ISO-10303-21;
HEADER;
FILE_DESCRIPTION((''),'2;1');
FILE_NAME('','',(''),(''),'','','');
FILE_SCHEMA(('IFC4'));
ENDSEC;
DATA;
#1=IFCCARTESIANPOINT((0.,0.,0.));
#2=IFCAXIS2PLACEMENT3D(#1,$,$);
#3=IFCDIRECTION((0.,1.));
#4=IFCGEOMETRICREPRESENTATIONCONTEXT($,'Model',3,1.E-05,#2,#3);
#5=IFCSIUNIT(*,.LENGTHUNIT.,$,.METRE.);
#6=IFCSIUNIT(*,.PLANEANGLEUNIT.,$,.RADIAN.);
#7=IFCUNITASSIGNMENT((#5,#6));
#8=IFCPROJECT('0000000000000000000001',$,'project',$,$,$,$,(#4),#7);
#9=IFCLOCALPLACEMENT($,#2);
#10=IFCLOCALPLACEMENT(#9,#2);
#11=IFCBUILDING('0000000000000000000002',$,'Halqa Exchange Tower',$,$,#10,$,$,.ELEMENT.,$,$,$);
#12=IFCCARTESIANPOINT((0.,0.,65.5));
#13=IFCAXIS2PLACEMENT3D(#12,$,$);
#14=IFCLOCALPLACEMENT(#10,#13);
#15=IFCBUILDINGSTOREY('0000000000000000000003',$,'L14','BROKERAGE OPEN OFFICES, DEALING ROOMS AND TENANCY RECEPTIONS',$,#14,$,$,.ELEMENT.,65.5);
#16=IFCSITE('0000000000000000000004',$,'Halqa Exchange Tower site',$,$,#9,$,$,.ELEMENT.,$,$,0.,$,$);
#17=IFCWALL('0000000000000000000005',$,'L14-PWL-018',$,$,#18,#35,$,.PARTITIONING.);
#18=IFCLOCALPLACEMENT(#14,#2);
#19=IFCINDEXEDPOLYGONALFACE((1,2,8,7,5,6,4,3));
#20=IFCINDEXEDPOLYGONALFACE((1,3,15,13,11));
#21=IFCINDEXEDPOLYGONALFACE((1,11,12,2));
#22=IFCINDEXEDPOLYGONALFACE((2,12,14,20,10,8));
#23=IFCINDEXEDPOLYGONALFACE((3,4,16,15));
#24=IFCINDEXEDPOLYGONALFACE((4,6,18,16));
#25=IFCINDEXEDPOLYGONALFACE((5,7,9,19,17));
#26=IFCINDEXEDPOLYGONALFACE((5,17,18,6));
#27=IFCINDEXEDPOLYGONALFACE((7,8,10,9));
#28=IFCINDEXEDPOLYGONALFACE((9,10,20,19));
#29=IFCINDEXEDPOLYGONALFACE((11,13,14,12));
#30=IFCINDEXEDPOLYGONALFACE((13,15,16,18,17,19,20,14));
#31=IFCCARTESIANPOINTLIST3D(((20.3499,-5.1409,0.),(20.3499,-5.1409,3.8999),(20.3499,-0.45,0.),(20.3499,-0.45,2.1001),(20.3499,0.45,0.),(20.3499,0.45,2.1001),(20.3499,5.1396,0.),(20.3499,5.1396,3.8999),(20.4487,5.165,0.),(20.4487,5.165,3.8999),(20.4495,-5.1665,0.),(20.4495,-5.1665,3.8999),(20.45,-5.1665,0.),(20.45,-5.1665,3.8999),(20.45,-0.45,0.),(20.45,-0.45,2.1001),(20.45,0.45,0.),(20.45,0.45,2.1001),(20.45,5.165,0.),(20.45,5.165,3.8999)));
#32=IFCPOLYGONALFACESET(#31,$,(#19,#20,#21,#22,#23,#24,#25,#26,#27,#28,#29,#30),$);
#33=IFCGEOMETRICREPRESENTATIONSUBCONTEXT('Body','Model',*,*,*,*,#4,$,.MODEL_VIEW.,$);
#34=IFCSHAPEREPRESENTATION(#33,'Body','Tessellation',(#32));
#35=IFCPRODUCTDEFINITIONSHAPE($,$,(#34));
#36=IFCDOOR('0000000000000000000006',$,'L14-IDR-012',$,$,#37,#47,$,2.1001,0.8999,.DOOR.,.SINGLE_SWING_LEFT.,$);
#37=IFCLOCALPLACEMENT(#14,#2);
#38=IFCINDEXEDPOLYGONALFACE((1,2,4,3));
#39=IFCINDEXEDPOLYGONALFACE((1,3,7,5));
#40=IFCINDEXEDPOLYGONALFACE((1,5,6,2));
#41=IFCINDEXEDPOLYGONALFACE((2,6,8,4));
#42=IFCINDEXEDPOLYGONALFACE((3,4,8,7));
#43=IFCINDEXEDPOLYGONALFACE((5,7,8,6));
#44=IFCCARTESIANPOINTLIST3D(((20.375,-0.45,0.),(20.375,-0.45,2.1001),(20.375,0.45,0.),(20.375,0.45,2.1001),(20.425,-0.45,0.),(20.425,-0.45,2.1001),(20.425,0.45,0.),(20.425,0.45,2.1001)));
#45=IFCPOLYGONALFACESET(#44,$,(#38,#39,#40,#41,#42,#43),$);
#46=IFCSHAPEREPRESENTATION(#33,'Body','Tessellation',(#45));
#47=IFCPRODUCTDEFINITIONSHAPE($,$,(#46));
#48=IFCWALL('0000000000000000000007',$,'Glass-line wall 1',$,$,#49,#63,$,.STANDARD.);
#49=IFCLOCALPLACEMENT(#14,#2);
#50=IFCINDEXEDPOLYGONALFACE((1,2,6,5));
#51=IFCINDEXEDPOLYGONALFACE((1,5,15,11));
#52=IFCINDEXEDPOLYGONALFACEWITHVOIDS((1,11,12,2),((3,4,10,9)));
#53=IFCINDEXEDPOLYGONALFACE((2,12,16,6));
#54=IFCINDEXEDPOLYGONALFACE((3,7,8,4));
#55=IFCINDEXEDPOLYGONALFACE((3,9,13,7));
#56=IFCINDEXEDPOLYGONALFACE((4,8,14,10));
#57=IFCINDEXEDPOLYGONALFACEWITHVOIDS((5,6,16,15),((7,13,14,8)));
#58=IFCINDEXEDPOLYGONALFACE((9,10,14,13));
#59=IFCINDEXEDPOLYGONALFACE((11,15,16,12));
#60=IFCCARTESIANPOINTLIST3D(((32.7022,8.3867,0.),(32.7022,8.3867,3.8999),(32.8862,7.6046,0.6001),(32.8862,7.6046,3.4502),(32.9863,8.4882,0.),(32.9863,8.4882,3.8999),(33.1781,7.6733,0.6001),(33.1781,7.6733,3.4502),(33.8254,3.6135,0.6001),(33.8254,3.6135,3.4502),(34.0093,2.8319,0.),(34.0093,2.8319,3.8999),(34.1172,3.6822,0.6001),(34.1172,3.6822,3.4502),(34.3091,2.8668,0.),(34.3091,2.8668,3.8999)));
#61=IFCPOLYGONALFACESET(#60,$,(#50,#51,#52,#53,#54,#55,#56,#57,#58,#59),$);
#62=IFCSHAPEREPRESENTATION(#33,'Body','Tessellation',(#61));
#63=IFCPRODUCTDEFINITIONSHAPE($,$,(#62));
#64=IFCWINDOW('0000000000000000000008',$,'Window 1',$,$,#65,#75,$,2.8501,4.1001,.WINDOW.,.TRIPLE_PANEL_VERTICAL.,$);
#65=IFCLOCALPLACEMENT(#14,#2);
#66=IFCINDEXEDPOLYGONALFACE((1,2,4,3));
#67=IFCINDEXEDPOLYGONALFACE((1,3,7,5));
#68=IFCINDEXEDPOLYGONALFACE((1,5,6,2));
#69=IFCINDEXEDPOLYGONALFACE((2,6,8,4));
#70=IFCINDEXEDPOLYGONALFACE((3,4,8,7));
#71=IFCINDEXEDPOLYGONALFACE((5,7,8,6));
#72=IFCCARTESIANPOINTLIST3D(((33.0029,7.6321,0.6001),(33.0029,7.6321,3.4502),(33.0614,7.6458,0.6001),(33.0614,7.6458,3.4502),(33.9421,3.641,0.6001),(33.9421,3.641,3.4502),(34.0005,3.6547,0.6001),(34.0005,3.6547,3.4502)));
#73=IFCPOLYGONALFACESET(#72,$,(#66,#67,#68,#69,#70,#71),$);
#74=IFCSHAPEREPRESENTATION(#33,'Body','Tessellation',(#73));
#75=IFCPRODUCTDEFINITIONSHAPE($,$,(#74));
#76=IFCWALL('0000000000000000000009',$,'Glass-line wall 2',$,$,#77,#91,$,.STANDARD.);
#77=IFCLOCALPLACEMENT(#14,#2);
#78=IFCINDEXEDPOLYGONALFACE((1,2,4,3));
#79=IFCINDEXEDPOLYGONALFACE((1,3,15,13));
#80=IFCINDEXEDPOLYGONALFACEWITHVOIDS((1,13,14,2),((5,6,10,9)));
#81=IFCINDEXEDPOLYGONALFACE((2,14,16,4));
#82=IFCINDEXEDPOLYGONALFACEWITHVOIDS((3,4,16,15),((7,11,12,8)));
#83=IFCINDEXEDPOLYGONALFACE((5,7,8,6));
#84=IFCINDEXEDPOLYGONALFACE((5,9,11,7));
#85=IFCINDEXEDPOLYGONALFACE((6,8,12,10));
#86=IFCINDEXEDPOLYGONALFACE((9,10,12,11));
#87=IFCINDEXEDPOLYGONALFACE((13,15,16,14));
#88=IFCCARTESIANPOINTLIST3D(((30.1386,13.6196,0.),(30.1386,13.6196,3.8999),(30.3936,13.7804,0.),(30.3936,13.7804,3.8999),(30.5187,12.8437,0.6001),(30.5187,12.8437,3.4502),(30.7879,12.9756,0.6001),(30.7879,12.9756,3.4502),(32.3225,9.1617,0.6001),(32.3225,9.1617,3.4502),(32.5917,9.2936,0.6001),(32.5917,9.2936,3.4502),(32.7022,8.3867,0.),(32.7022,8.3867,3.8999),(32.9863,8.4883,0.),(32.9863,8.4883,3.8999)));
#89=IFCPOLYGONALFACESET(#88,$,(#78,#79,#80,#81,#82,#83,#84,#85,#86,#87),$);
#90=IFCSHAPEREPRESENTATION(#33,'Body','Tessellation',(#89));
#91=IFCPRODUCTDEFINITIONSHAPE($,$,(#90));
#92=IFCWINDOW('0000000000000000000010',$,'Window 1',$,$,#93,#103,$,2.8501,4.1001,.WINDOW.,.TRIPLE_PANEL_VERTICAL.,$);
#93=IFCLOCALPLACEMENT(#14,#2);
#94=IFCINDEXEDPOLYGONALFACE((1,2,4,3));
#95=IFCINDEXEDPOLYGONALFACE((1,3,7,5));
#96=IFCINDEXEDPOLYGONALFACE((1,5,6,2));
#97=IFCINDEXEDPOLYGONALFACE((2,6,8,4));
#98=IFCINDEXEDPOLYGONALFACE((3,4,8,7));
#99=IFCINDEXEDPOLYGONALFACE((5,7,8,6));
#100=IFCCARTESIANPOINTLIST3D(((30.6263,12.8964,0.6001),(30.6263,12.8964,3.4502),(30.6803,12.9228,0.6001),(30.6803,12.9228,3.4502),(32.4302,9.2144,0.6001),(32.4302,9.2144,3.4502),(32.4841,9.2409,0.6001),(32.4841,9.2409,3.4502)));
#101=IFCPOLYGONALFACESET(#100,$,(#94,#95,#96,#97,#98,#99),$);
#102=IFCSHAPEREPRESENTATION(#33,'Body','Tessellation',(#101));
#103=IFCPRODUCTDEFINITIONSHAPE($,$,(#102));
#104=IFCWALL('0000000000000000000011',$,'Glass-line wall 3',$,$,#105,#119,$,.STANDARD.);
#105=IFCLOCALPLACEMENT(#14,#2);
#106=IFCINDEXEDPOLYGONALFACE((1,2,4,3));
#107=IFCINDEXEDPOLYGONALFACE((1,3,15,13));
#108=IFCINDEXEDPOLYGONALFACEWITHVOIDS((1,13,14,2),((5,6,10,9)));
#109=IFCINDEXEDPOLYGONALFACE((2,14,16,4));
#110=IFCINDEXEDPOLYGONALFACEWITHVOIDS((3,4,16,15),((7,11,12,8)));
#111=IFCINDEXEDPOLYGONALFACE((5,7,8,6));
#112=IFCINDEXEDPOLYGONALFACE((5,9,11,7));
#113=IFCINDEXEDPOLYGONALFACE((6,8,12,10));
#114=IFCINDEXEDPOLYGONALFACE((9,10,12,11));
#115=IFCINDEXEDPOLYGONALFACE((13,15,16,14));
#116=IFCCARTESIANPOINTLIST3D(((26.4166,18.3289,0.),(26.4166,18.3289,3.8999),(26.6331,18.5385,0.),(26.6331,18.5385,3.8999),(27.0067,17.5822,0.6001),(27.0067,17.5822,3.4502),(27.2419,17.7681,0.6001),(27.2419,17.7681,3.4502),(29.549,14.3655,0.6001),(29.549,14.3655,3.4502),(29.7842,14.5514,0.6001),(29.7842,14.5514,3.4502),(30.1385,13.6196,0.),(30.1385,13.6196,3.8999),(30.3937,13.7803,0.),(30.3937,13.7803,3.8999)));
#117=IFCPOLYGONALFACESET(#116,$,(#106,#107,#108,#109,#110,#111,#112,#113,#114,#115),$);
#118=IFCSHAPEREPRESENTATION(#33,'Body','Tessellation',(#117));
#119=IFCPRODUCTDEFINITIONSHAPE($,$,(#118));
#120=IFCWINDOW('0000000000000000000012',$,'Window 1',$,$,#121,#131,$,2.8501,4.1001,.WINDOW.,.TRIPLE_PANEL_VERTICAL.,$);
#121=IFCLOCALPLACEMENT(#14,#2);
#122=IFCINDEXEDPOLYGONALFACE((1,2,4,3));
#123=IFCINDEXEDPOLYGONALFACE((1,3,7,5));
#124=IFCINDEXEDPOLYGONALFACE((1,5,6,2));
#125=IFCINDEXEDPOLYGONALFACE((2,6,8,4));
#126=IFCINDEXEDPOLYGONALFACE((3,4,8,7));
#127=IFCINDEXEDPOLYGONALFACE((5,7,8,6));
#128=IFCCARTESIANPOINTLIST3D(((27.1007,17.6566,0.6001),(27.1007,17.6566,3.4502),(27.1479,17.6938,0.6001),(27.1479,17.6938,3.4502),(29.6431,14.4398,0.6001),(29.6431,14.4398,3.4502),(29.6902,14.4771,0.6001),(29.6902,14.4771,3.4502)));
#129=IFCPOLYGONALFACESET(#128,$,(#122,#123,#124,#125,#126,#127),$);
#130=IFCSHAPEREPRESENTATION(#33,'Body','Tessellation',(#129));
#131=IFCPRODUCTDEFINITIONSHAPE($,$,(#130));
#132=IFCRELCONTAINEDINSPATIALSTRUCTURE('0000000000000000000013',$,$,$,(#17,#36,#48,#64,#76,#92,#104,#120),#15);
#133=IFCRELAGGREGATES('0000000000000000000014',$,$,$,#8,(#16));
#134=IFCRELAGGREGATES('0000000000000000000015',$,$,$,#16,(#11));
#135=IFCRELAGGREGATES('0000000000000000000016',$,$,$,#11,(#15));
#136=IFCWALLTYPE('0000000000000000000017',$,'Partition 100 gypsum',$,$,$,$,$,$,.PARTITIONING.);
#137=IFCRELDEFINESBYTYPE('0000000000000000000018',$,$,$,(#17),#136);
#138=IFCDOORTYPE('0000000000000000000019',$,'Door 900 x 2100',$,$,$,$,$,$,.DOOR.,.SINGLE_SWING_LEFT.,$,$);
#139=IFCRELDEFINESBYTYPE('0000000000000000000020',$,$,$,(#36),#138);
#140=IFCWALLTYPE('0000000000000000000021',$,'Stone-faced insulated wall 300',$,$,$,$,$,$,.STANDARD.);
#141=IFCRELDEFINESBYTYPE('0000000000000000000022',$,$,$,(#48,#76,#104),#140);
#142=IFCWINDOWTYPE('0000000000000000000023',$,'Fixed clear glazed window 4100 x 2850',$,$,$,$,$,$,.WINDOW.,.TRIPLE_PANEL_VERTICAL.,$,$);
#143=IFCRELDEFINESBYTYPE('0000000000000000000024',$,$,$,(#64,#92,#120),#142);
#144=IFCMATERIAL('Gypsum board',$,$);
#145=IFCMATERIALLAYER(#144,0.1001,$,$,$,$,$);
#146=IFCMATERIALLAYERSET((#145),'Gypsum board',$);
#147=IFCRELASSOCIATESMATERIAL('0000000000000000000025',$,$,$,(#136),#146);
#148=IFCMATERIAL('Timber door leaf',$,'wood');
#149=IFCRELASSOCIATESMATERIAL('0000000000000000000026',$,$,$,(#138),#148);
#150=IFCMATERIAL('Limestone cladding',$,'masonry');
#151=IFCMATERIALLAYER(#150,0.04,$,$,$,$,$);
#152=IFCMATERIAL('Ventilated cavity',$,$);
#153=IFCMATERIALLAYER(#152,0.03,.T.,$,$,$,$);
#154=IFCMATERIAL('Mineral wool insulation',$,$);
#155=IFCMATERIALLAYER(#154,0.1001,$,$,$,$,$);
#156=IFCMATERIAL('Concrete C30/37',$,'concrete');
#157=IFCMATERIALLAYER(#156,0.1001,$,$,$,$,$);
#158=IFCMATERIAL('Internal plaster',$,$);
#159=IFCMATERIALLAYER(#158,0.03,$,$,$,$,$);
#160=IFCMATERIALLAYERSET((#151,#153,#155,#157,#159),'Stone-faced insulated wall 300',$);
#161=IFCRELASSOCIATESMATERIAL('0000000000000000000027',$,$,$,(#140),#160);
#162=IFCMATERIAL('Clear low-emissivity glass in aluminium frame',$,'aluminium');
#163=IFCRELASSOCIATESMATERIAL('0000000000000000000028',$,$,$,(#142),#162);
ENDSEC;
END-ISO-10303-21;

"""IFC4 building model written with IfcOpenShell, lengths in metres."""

from ifc_helpers import new_model, si_unit, direction, frame, frame_2d, origin, place, context, subcontext, project, spatial, polyline, rectangle, outline, extrude, material, layer, layer_set, type_object, element, fill, save


model = new_model("IFC4")

# Units and contexts
model_context = context("Model", 3, precision=1e-05, world=origin(), true_north=direction((0.0, 1.0)))
body_context = subcontext(model_context, "Body", "Model", "MODEL_VIEW")
ifc_project = project(units=[si_unit("LENGTHUNIT", "METRE"), si_unit("PLANEANGLEUNIT", "RADIAN")], contexts=[model_context])

# Site, building, storey
site_placement = place(None, origin())
site = spatial("IfcSite", under=ifc_project, at=site_placement, Name="Halqa Exchange Tower site", CompositionType="ELEMENT", RefElevation=0.0)
building_placement = place(site_placement, origin())
building = spatial("IfcBuilding", under=site, at=building_placement, Name="Halqa Exchange Tower", CompositionType="ELEMENT")
storey_placement = place(building_placement, frame((0.0, 0.0, 65.5)))
storey = spatial("IfcBuildingStorey", under=building, at=storey_placement, Name="L14", Description="BROKERAGE OPEN OFFICES, DEALING ROOMS AND TENANCY RECEPTIONS", CompositionType="ELEMENT", Elevation=65.5)

# Wall, opening, door
ifc_material_1 = material(Name="Gypsum board")
ifc_layer_1 = layer(ifc_material_1, 0.1001)
ifc_layer_set_1 = layer_set([ifc_layer_1], Name="Gypsum board")
wall_type_1 = type_object("IfcWallType", Name="Partition 100 gypsum", PredefinedType="PARTITIONING", material=ifc_layer_set_1)
wall_1_placement = place(storey_placement, frame((20.3999, 5.165, 0.0), z_axis=(0.0, 0.0, 1.0), x_axis=(0.0, -1.0, 0.0)))
wall_1 = element("IfcWall", 1, at=wall_1_placement, inside=storey, type_object=wall_type_1, Name="L14-PWL-018", PredefinedType="PARTITIONING", context=body_context, shape_type="SweptSolid", body=[
    extrude(outline(polyline([(0.0254, -0.05), (1.7388, -0.05), (3.4521, -0.05), (5.1658, -0.05), (6.8792, -0.05), (8.5925, -0.05), (10.3059, -0.05), (10.3315, 0.0496), (10.3315, 0.05), (8.6096, 0.05), (6.8877, 0.05), (5.1658, 0.05), (3.4438, 0.05), (1.7219, 0.05), (0.0, 0.05), (0.0, 0.0488), (0.0254, -0.05)])), origin(), (0.0, 0.0, 1.0), 3.8999),
])
opening_1_placement = place(wall_1_placement, frame((4.7151, 0.0, 0.0)))
opening_1 = element("IfcOpeningElement", 2, at=opening_1_placement, cuts=wall_1, PredefinedType="OPENING", context=body_context, shape_type="SweptSolid", body=[
    extrude(rectangle(XDim=0.8999, YDim=2.1001, at=frame_2d((0.45, 1.05))), frame((0.0, 0.062, 0.0), z_axis=(0.0, -1.0, 0.0), x_axis=(1.0, 0.0, 0.0)), (0.0, 0.0, 1.0), 0.124),
])
ifc_material_2 = material(Name="Timber door leaf", Category="wood")
door_type = type_object("IfcDoorType", Name="Door 900 x 2100", OperationType="SINGLE_SWING_LEFT", PredefinedType="DOOR", material=ifc_material_2)
door_placement = place(opening_1_placement, frame((0.8999, 0.0, 0.0), z_axis=(0.0, 0.0, 1.0), x_axis=(-1.0, 0.0, 0.0)))
door = element("IfcDoor", 3, at=door_placement, inside=storey, type_object=door_type, Name="L14-IDR-012", OperationType="SINGLE_SWING_LEFT", OverallHeight=2.1001, OverallWidth=0.8999, PredefinedType="DOOR", context=body_context, shape_type="SweptSolid", body=[
    extrude(rectangle(XDim=0.8999, YDim=2.1001, at=frame_2d((0.45, 1.05))), frame((0.0, 0.0249, 0.0), z_axis=(0.0, -1.0, 0.0), x_axis=(1.0, 0.0, 0.0)), (0.0, 0.0, 1.0), 0.05),
])
fill(opening_1, door)

# Walls, openings, windows
ifc_material_3 = material(Name="Limestone cladding", Category="masonry")
ifc_layer_2 = layer(ifc_material_3, 0.04)
ifc_material_4 = material(Name="Ventilated cavity")
ifc_layer_3 = layer(ifc_material_4, 0.03, ventilated=True)
ifc_material_5 = material(Name="Mineral wool insulation")
ifc_layer_4 = layer(ifc_material_5, 0.1001)
ifc_material_6 = material(Name="Concrete C30/37", Category="concrete")
ifc_layer_5 = layer(ifc_material_6, 0.1001)
ifc_material_7 = material(Name="Internal plaster")
ifc_layer_6 = layer(ifc_material_7, 0.03)
ifc_layer_set_2 = layer_set([ifc_layer_2, ifc_layer_3, ifc_layer_4, ifc_layer_5, ifc_layer_6], Name="Stone-faced insulated wall 300")
wall_type_2 = type_object("IfcWallType", Name="Stone-faced insulated wall 300", PredefinedType="STANDARD", material=ifc_layer_set_2)
wall_2_placement = place(storey_placement, frame((34.1592, 2.8494, 0.0), z_axis=(0.0, 0.0, 1.0), x_axis=(-0.229054, 0.973414, 0.0)))
wall_2 = element("IfcWall", 4, at=wall_2_placement, inside=storey, type_object=wall_type_2, Name="Glass-line wall 1", PredefinedType="STANDARD", context=body_context, shape_type="SweptSolid", body=[
    extrude(outline(polyline([(-0.0173, -0.1499), (5.7576, -0.1499), (5.7239, 0.1499), (0.0173, 0.1499), (-0.0173, -0.1499)])), origin(), (0.0, 0.0, 1.0), 3.8999),
])
opening_2_placement = place(wall_2_placement, frame((0.8203, 0.0, 0.6001)))
opening_2 = element("IfcOpeningElement", 5, at=opening_2_placement, cuts=wall_2, PredefinedType="OPENING", context=body_context, shape_type="SweptSolid", body=[
    extrude(rectangle(XDim=4.1001, YDim=2.8501, at=frame_2d((2.05, 1.425))), frame((0.0, 0.1621, 0.0), z_axis=(0.0, -1.0, 0.0), x_axis=(1.0, 0.0, 0.0)), (0.0, 0.0, 1.0), 0.324),
])
ifc_material_8 = material(Name="Clear low-emissivity glass in aluminium frame", Category="aluminium")
window_type = type_object("IfcWindowType", Name="Fixed clear glazed window 4100 x 2850", PartitioningType="TRIPLE_PANEL_VERTICAL", PredefinedType="WINDOW", material=ifc_material_8)
window_1_placement = place(opening_2_placement, origin())
window_1 = element("IfcWindow", 6, at=window_1_placement, inside=storey, type_object=window_type, Name="Window 1", OverallHeight=2.8501, OverallWidth=4.1001, PartitioningType="TRIPLE_PANEL_VERTICAL", PredefinedType="WINDOW", context=body_context, shape_type="SweptSolid", body=[
    extrude(rectangle(XDim=4.1001, YDim=2.8501, at=frame_2d((2.05, 1.425))), frame((0.0, 0.03, 0.0), z_axis=(0.0, -1.0, 0.0), x_axis=(1.0, 0.0, 0.0)), (0.0, 0.0, 1.0), 0.0601),
])
fill(opening_2, window_1)
wall_3_placement = place(storey_placement, frame((32.8442, 8.4375, 0.0), z_axis=(0.0, 0.0, 1.0), x_axis=(-0.43995, 0.898022, 0.0)))
wall_3 = element("IfcWall", 7, at=wall_3_placement, inside=storey, type_object=wall_type_2, Name="Glass-line wall 2", PredefinedType="STANDARD", context=body_context, shape_type="SweptSolid", body=[
    extrude(outline(polyline([(-0.0168, -0.1499), (5.8762, -0.1499), (5.844, 0.1499), (0.0168, 0.1499), (-0.0168, -0.1499)])), origin(), (0.0, 0.0, 1.0), 3.8999),
])
opening_3_placement = place(wall_3_placement, frame((0.8799, 0.0, 0.6001)))
opening_3 = element("IfcOpeningElement", 8, at=opening_3_placement, cuts=wall_3, PredefinedType="OPENING", context=body_context, shape_type="SweptSolid", body=[
    extrude(rectangle(XDim=4.1001, YDim=2.8501, at=frame_2d((2.05, 1.425))), frame((0.0, 0.1621, 0.0), z_axis=(0.0, -1.0, 0.0), x_axis=(1.0, 0.0, 0.0)), (0.0, 0.0, 1.0), 0.324),
])
window_2_placement = place(opening_3_placement, origin())
window_2 = element("IfcWindow", 9, at=window_2_placement, inside=storey, type_object=window_type, Name="Window 1", OverallHeight=2.8501, OverallWidth=4.1001, PartitioningType="TRIPLE_PANEL_VERTICAL", PredefinedType="WINDOW", context=body_context, shape_type="SweptSolid", body=[
    extrude(rectangle(XDim=4.1001, YDim=2.8501, at=frame_2d((2.05, 1.425))), frame((0.0, 0.03, 0.0), z_axis=(0.0, -1.0, 0.0), x_axis=(1.0, 0.0, 0.0)), (0.0, 0.0, 1.0), 0.0601),
])
fill(opening_3, window_2)
wall_4_placement = place(storey_placement, frame((30.2661, 13.7, 0.0), z_axis=(0.0, 0.0, 1.0), x_axis=(-0.620065, 0.78455, 0.0)))
wall_4 = element("IfcWall", 10, at=wall_4_placement, inside=storey, type_object=wall_type_2, Name="Glass-line wall 3", PredefinedType="STANDARD", context=body_context, shape_type="SweptSolid", body=[
    extrude(outline(polyline([(-0.0161, -0.1499), (6.0488, -0.1499), (6.0186, 0.1499), (0.0161, 0.1499), (-0.0161, -0.1499)])), origin(), (0.0, 0.0, 1.0), 3.8999),
])
opening_4_placement = place(wall_4_placement, frame((0.9668, 0.0, 0.6001)))
opening_4 = element("IfcOpeningElement", 11, at=opening_4_placement, cuts=wall_4, PredefinedType="OPENING", context=body_context, shape_type="SweptSolid", body=[
    extrude(rectangle(XDim=4.1001, YDim=2.8501, at=frame_2d((2.05, 1.425))), frame((0.0, 0.1621, 0.0), z_axis=(0.0, -1.0, 0.0), x_axis=(1.0, 0.0, 0.0)), (0.0, 0.0, 1.0), 0.324),
])
window_3_placement = place(opening_4_placement, origin())
window_3 = element("IfcWindow", 12, at=window_3_placement, inside=storey, type_object=window_type, Name="Window 1", OverallHeight=2.8501, OverallWidth=4.1001, PartitioningType="TRIPLE_PANEL_VERTICAL", PredefinedType="WINDOW", context=body_context, shape_type="SweptSolid", body=[
    extrude(rectangle(XDim=4.1001, YDim=2.8501, at=frame_2d((2.05, 1.425))), frame((0.0, 0.03, 0.0), z_axis=(0.0, -1.0, 0.0), x_axis=(1.0, 0.0, 0.0)), (0.0, 0.0, 1.0), 0.0601),
])
fill(opening_4, window_3)

save(model, "model.ifc")
